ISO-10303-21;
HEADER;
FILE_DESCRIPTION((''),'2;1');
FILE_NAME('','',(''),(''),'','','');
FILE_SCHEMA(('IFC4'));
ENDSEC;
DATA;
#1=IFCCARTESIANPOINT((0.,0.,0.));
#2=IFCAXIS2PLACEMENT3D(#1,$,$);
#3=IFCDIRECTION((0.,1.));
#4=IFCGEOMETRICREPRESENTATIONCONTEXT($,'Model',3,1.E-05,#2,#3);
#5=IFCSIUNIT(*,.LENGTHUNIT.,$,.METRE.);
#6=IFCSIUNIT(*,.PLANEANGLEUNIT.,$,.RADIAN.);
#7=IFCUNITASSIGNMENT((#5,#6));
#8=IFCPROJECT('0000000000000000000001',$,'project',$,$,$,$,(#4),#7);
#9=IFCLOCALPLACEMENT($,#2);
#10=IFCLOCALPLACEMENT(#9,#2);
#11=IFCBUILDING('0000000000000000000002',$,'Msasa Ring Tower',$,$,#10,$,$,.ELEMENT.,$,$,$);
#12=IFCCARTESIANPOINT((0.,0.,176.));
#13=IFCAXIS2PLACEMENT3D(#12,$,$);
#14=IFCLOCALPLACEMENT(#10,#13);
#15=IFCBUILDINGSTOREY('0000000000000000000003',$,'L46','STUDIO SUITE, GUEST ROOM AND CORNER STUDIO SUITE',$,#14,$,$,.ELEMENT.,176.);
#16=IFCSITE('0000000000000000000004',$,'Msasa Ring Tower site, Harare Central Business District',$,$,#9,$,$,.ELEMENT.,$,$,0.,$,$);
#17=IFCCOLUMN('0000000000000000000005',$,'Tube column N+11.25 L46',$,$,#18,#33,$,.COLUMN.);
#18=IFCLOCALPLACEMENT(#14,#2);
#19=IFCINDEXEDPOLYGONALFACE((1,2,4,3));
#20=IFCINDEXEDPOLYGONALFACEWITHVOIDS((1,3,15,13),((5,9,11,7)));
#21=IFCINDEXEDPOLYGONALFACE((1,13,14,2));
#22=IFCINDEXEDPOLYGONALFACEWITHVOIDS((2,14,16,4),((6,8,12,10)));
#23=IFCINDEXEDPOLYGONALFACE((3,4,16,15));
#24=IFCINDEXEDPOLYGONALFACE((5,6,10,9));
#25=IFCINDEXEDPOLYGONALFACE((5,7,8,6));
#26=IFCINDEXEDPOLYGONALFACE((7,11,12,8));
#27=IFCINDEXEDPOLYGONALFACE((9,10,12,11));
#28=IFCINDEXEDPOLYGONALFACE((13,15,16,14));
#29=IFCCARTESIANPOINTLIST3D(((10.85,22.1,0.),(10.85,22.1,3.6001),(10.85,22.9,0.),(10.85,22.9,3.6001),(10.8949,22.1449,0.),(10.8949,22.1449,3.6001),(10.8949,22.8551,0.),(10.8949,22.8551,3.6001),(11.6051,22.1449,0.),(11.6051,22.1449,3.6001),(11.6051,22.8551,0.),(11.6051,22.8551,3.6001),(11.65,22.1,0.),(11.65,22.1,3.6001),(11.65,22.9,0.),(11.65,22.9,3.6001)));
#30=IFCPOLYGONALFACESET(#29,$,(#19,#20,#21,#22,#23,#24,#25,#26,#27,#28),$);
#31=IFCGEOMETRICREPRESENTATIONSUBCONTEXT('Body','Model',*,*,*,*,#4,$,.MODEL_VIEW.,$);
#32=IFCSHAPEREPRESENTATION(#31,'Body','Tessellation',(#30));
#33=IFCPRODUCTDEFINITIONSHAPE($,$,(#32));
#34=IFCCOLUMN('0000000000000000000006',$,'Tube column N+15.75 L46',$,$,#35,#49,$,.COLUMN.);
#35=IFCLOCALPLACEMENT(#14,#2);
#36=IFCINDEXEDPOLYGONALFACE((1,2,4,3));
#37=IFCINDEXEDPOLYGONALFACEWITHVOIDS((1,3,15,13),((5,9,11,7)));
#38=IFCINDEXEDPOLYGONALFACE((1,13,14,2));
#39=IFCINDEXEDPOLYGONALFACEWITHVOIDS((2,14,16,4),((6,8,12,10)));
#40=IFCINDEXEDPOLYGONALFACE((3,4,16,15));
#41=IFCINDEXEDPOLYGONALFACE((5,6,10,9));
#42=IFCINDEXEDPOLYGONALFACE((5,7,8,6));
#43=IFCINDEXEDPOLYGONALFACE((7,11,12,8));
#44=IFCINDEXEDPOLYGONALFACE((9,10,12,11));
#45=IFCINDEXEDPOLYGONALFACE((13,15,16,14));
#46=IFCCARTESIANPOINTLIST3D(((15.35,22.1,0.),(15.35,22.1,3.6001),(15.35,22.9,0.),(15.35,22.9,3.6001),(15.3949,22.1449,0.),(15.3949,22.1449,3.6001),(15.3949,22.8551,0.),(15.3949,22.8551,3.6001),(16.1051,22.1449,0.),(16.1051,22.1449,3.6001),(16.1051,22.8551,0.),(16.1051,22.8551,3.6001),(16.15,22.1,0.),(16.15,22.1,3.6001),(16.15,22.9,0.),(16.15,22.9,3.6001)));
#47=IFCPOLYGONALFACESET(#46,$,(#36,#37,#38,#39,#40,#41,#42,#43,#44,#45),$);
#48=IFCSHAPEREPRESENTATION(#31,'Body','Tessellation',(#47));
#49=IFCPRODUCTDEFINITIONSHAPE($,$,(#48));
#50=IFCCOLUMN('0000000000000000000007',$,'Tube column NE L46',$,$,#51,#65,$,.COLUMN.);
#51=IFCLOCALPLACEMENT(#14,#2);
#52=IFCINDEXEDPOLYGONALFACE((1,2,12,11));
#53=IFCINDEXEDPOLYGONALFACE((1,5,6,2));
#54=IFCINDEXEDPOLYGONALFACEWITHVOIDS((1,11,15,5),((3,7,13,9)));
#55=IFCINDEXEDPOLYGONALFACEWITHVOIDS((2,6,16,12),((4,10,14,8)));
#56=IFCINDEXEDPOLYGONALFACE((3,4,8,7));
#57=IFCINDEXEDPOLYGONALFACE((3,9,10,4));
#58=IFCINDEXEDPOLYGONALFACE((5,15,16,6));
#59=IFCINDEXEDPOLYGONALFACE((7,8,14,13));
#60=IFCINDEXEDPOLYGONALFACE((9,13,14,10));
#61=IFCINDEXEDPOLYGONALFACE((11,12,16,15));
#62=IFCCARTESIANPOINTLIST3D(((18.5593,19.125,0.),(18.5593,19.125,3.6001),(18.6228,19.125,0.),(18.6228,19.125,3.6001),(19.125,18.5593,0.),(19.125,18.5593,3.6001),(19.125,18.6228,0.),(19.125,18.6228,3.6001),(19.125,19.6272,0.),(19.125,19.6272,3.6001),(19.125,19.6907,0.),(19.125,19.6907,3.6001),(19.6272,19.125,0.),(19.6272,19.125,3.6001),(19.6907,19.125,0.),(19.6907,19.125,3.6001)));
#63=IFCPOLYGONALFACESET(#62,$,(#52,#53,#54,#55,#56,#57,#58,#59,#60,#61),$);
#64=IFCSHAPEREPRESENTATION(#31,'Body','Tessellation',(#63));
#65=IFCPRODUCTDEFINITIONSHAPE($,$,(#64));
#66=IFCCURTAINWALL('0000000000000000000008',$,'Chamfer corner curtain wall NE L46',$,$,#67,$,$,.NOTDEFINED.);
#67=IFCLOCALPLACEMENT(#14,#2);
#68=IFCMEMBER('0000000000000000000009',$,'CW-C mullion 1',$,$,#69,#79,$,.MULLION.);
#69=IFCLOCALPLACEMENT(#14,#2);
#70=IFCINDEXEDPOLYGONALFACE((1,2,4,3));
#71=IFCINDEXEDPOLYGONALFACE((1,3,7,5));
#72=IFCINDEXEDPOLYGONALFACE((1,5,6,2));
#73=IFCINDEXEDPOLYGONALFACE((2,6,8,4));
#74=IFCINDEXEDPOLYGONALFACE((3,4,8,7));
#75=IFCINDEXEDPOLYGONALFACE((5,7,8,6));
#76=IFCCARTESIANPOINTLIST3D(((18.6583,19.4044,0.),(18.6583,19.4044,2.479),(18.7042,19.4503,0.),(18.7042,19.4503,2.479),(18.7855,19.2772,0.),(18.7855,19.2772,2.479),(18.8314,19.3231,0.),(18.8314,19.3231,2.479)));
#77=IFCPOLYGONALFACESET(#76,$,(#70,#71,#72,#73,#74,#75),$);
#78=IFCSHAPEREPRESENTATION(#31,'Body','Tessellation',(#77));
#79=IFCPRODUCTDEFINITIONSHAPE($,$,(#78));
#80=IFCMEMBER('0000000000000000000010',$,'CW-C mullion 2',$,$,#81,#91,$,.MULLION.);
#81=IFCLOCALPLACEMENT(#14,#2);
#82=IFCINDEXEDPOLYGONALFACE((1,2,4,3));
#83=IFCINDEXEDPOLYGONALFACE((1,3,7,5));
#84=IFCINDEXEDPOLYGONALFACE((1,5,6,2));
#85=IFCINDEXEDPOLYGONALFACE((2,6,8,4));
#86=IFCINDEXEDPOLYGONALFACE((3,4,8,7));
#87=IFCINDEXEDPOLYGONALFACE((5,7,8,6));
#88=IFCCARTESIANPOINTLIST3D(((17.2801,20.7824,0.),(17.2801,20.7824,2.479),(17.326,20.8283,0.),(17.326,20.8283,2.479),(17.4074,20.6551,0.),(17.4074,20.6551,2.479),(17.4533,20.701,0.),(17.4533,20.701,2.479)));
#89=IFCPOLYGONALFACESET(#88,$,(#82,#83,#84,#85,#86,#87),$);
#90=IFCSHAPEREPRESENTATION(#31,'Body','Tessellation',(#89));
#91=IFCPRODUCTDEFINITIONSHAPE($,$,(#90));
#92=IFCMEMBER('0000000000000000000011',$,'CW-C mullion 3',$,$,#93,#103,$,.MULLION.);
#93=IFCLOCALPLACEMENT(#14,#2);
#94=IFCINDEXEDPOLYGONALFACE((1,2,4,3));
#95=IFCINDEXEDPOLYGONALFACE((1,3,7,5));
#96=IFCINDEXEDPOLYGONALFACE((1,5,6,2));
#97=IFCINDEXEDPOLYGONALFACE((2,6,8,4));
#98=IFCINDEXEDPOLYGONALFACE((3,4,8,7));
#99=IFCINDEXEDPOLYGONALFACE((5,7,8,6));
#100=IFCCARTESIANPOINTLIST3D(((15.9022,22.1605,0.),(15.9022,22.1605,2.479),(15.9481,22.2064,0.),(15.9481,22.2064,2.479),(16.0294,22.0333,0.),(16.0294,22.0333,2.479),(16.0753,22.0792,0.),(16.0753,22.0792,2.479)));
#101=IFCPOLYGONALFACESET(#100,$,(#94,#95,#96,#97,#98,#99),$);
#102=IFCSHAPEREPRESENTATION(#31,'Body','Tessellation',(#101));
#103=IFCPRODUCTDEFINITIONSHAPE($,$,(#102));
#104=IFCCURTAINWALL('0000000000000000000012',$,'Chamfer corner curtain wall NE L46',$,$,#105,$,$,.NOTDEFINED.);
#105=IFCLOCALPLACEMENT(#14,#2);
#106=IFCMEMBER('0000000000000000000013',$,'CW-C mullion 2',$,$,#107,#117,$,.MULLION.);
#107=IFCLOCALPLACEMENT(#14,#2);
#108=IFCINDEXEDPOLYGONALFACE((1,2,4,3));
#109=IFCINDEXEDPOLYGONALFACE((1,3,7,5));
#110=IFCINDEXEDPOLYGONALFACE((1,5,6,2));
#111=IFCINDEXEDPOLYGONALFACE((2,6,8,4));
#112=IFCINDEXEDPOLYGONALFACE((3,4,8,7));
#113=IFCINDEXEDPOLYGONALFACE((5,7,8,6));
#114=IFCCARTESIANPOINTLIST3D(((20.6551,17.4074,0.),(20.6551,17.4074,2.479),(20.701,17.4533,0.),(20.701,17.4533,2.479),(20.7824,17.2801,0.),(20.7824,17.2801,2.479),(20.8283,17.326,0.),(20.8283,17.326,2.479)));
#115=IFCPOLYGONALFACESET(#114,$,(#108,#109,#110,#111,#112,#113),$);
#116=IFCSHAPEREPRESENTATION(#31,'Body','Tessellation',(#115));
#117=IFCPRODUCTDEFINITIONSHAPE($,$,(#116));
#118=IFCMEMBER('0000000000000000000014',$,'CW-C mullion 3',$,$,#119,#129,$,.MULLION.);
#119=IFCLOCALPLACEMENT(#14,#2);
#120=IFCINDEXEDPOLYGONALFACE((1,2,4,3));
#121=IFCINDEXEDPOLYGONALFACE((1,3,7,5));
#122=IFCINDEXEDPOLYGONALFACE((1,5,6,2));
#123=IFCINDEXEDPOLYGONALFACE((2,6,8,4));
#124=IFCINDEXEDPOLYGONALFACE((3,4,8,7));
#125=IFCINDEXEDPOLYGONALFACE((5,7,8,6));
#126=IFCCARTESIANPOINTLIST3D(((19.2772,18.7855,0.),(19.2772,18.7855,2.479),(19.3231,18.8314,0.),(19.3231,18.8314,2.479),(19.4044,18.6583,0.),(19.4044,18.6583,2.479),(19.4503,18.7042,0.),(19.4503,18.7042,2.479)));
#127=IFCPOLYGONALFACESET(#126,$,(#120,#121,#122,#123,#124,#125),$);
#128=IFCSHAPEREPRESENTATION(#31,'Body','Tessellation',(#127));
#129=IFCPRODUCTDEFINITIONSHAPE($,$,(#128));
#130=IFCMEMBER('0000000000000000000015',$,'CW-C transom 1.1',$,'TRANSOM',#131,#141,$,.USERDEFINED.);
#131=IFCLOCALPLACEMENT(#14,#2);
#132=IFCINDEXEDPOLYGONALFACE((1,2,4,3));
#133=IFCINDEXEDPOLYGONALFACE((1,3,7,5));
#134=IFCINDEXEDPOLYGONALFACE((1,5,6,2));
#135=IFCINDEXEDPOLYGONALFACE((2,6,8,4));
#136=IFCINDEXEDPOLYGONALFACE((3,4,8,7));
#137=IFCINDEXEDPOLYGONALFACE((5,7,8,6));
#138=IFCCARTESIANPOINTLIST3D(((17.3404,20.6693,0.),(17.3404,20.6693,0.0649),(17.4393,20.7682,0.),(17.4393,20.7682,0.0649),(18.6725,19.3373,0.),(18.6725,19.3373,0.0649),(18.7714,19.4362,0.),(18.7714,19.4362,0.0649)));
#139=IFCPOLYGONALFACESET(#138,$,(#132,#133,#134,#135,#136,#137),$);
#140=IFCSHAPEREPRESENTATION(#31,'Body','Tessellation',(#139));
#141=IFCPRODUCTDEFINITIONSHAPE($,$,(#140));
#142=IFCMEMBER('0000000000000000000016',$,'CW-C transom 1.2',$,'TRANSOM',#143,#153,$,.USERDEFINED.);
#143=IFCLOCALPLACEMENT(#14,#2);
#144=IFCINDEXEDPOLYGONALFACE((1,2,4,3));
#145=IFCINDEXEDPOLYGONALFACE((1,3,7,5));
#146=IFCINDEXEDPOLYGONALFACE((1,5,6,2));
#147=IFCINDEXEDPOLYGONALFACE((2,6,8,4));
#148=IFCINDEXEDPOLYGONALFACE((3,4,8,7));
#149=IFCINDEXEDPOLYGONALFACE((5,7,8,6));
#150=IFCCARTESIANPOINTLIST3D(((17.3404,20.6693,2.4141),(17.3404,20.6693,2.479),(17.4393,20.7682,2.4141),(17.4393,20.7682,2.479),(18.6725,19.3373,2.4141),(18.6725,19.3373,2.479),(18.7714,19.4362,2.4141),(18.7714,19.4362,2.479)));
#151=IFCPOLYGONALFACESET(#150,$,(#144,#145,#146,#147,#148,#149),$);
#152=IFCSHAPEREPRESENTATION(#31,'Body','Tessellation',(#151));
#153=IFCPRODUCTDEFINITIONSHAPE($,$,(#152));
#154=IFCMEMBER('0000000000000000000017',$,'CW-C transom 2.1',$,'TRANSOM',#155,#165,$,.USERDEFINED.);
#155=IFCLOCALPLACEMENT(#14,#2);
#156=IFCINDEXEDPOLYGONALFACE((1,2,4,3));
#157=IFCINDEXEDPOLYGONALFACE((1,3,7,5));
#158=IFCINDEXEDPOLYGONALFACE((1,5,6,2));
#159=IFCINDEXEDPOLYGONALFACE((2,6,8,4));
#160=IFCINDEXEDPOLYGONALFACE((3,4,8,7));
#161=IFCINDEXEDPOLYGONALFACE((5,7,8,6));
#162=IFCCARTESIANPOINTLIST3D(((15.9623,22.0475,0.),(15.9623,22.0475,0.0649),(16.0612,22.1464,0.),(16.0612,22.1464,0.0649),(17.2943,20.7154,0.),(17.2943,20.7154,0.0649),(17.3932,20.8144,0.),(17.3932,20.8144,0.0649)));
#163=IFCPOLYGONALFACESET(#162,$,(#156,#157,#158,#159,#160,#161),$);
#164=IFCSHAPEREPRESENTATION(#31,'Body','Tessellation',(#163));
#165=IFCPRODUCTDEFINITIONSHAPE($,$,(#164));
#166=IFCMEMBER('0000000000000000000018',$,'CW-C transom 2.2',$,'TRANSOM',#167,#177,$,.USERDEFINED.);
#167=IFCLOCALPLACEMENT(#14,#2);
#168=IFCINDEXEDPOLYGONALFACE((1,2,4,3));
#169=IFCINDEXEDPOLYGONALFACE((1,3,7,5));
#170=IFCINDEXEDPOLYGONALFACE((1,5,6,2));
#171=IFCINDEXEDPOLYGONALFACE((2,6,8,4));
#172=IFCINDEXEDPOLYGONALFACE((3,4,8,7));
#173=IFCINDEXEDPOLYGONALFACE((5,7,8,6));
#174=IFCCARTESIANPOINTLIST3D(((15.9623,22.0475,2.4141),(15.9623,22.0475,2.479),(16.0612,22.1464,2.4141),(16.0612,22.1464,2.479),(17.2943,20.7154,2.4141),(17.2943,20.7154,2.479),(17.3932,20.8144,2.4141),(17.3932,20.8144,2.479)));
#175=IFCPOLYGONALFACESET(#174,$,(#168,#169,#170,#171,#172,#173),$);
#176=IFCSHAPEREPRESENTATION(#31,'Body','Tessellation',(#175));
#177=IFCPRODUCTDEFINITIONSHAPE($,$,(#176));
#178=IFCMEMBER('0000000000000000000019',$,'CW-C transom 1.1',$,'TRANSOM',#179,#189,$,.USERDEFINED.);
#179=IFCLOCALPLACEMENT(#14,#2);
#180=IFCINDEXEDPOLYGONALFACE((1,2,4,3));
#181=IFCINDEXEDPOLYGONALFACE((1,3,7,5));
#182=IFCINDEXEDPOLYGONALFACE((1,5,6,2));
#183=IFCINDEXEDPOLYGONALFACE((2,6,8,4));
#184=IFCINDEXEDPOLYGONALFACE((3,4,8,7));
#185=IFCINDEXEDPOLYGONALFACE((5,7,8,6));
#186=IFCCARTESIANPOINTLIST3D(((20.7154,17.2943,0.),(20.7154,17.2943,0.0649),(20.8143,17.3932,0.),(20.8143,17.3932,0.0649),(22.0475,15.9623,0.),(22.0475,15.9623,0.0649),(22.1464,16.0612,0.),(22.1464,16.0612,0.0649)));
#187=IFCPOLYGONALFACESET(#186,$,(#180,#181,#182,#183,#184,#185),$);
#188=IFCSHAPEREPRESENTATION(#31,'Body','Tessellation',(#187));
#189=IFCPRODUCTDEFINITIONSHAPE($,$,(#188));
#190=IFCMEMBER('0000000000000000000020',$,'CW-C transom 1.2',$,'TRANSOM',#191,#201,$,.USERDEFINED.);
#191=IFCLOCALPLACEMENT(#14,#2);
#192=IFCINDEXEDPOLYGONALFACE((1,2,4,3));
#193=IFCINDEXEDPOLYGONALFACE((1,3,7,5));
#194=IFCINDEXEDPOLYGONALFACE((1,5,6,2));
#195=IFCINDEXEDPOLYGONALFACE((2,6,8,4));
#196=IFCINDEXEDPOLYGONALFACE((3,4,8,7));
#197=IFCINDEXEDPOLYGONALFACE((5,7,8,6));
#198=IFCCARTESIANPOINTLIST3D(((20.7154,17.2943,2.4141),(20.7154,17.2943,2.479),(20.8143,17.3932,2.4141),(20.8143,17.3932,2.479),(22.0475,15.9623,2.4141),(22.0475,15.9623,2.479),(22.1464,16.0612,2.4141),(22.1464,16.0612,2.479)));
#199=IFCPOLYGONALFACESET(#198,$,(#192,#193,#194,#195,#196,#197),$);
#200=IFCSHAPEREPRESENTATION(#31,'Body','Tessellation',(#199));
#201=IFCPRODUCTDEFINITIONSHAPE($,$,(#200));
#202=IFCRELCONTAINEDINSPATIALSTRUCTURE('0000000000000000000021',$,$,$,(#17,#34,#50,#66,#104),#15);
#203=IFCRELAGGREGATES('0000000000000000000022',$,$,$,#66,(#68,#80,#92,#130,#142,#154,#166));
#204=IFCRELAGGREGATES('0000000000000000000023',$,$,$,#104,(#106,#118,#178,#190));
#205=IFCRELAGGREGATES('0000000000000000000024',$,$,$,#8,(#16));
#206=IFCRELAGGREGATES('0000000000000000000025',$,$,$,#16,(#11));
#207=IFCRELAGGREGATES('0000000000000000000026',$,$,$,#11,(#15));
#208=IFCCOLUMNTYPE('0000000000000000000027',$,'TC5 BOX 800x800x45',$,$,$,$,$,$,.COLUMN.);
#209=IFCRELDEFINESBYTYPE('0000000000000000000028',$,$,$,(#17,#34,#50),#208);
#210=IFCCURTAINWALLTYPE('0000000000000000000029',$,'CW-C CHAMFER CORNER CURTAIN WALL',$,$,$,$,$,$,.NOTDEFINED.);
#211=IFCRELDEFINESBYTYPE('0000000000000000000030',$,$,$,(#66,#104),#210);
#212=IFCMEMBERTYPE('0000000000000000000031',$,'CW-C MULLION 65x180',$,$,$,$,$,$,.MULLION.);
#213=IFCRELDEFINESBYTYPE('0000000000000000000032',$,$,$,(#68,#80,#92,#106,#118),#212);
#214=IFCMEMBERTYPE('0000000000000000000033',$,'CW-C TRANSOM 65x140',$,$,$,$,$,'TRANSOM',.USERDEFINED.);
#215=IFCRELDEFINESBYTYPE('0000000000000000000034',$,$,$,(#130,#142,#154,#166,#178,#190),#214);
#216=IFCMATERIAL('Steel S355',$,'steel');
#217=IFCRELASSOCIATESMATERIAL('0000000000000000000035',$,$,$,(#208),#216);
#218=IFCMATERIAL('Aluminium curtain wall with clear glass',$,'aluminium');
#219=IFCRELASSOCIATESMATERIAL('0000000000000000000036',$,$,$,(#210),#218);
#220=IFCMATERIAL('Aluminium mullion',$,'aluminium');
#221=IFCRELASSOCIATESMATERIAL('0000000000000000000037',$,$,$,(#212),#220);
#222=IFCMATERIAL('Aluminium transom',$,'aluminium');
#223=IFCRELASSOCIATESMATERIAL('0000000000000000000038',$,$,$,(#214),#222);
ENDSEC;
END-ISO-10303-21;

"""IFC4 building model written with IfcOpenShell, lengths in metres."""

from ifc_helpers import new_model, si_unit, direction, frame, origin, origin_2d, place, context, subcontext, project, spatial, rectangle, hollow_rectangle, extrude, material, material_profile, profile_set, type_object, element, aggregate, save


model = new_model("IFC4")

# Units and contexts
model_context = context("Model", 3, precision=1e-05, world=origin(), true_north=direction((0.0, 1.0)))
body_context = subcontext(model_context, "Body", "Model", "MODEL_VIEW")
ifc_project = project(units=[si_unit("LENGTHUNIT", "METRE"), si_unit("PLANEANGLEUNIT", "RADIAN")], contexts=[model_context])

# Site, building, storey
site_placement = place(None, origin())
site = spatial("IfcSite", under=ifc_project, at=site_placement, Name="Msasa Ring Tower site, Harare Central Business District", CompositionType="ELEMENT", RefElevation=0.0)
building_placement = place(site_placement, origin())
building = spatial("IfcBuilding", under=site, at=building_placement, Name="Msasa Ring Tower", CompositionType="ELEMENT")
storey_placement = place(building_placement, frame((0.0, 0.0, 176.0)))
storey = spatial("IfcBuildingStorey", under=building, at=storey_placement, Name="L46", Description="STUDIO SUITE, GUEST ROOM AND CORNER STUDIO SUITE", CompositionType="ELEMENT", Elevation=176.0)

# Columns
ifc_material_1 = material(Name="Steel S355", Category="steel")
ifc_material_profile_1 = material_profile(ifc_material_1, hollow_rectangle(XDim=0.8, YDim=0.8, WallThickness=0.0449, at=origin_2d()), Name="BOX 800x800x45")
ifc_profile_set_1 = profile_set([ifc_material_profile_1], Name="Steel S355")
column_type = type_object("IfcColumnType", Name="TC5 BOX 800x800x45", PredefinedType="COLUMN", material=ifc_profile_set_1)
for number, where, z_axis, x_axis, name in (
    (1, (11.25, 22.5, 0.0), (0.0, 0.0, 1.0), (0.0, 1.0, 0.0), "Tube column N+11.25 L46"),
    (2, (15.75, 22.5, 0.0), (0.0, 0.0, 1.0), (0.0, 1.0, 0.0), "Tube column N+15.75 L46"),
    (3, (19.125, 19.125, 0.0), (0.0, 0.0, 1.0), (0.707107, 0.707107, 0.0), "Tube column NE L46"),
):
    element("IfcColumn", number, at=place(storey_placement, frame(where, z_axis=z_axis, x_axis=x_axis)), inside=storey, type_object=column_type, Name=name, PredefinedType="COLUMN", context=body_context, shape_type="SweptSolid", body=[
        extrude(hollow_rectangle(XDim=0.8, YDim=0.8, WallThickness=0.0449, at=origin_2d()), origin(), (0.0, 0.0, 1.0), 3.6001),
    ])

# Curtain walls, members
ifc_material_2 = material(Name="Aluminium curtain wall with clear glass", Category="aluminium")
curtain_wall_type = type_object("IfcCurtainWallType", Name="CW-C CHAMFER CORNER CURTAIN WALL", PredefinedType="NOTDEFINED", material=ifc_material_2)
curtain_wall_1_placement = place(storey_placement, origin())
curtain_wall_1 = element("IfcCurtainWall", 4, at=curtain_wall_1_placement, inside=storey, type_object=curtain_wall_type, Name="Chamfer corner curtain wall NE L46", PredefinedType="NOTDEFINED")
ifc_material_3 = material(Name="Aluminium mullion", Category="aluminium")
ifc_material_profile_2 = material_profile(ifc_material_3, rectangle(XDim=0.0649, YDim=0.1799, at=origin_2d()), Name="AL 65x180")
ifc_profile_set_2 = profile_set([ifc_material_profile_2], Name="Aluminium mullion")
member_type_1 = type_object("IfcMemberType", Name="CW-C MULLION 65x180", PredefinedType="MULLION", material=ifc_profile_set_2)
member_1_placement = place(storey_placement, frame((18.7449, 19.3638, 0.0), z_axis=(0.0, 0.0, 1.0), x_axis=(-0.707107, -0.707107, 0.0)))
member_1 = element("IfcMember", 5, at=member_1_placement, type_object=member_type_1, Name="CW-C mullion 1", PredefinedType="MULLION", context=body_context, shape_type="SweptSolid", body=[
    extrude(rectangle(XDim=0.0649, YDim=0.1799, at=origin_2d()), origin(), (0.0, 0.0, 1.0), 2.479),
])
member_2_placement = place(storey_placement, frame((17.3667, 20.7417, 0.0), z_axis=(0.0, 0.0, 1.0), x_axis=(-0.707107, -0.707107, 0.0)))
member_2 = element("IfcMember", 6, at=member_2_placement, type_object=member_type_1, Name="CW-C mullion 2", PredefinedType="MULLION", context=body_context, shape_type="SweptSolid", body=[
    extrude(rectangle(XDim=0.0649, YDim=0.1799, at=origin_2d()), origin(), (0.0, 0.0, 1.0), 2.479),
])
member_3_placement = place(storey_placement, frame((15.9888, 22.1199, 0.0), z_axis=(0.0, 0.0, 1.0), x_axis=(-0.707107, -0.707107, 0.0)))
member_3 = element("IfcMember", 7, at=member_3_placement, type_object=member_type_1, Name="CW-C mullion 3", PredefinedType="MULLION", context=body_context, shape_type="SweptSolid", body=[
    extrude(rectangle(XDim=0.0649, YDim=0.1799, at=origin_2d()), origin(), (0.0, 0.0, 1.0), 2.479),
])
curtain_wall_2_placement = place(storey_placement, origin())
curtain_wall_2 = element("IfcCurtainWall", 8, at=curtain_wall_2_placement, inside=storey, type_object=curtain_wall_type, Name="Chamfer corner curtain wall NE L46", PredefinedType="NOTDEFINED")
member_4_placement = place(storey_placement, frame((20.7417, 17.3667, 0.0), z_axis=(0.0, 0.0, 1.0), x_axis=(-0.707107, -0.707107, 0.0)))
member_4 = element("IfcMember", 9, at=member_4_placement, type_object=member_type_1, Name="CW-C mullion 2", PredefinedType="MULLION", context=body_context, shape_type="SweptSolid", body=[
    extrude(rectangle(XDim=0.0649, YDim=0.1799, at=origin_2d()), origin(), (0.0, 0.0, 1.0), 2.479),
])
member_5_placement = place(storey_placement, frame((19.3638, 18.7449, 0.0), z_axis=(0.0, 0.0, 1.0), x_axis=(-0.707107, -0.707107, 0.0)))
member_5 = element("IfcMember", 10, at=member_5_placement, type_object=member_type_1, Name="CW-C mullion 3", PredefinedType="MULLION", context=body_context, shape_type="SweptSolid", body=[
    extrude(rectangle(XDim=0.0649, YDim=0.1799, at=origin_2d()), origin(), (0.0, 0.0, 1.0), 2.479),
])

# Members
ifc_material_4 = material(Name="Aluminium transom", Category="aluminium")
ifc_material_profile_3 = material_profile(ifc_material_4, rectangle(XDim=0.1399, YDim=0.0649, at=origin_2d()), Name="AL 65x140")
ifc_profile_set_3 = profile_set([ifc_material_profile_3], Name="Aluminium transom")
member_type_2 = type_object("IfcMemberType", Name="CW-C TRANSOM 65x140", ElementType="TRANSOM", PredefinedType="USERDEFINED", material=ifc_profile_set_3)
member_6_placement = place(storey_placement, frame((18.7219, 19.3867, 0.0325), z_axis=(-0.707107, 0.707107, 0.0), x_axis=(-0.707107, -0.707107, 0.0)))
member_6 = element("IfcMember", 11, at=member_6_placement, type_object=member_type_2, Name="CW-C transom 1.1", ObjectType="TRANSOM", PredefinedType="USERDEFINED", context=body_context, shape_type="SweptSolid", body=[
    extrude(rectangle(XDim=0.1399, YDim=0.0649, at=origin_2d()), origin(), (0.0, 0.0, 1.0), 1.8838),
])
member_7_placement = place(storey_placement, frame((18.7219, 19.3867, 2.4465), z_axis=(-0.707107, 0.707107, 0.0), x_axis=(-0.707107, -0.707107, 0.0)))
member_7 = element("IfcMember", 12, at=member_7_placement, type_object=member_type_2, Name="CW-C transom 1.2", ObjectType="TRANSOM", PredefinedType="USERDEFINED", context=body_context, shape_type="SweptSolid", body=[
    extrude(rectangle(XDim=0.1399, YDim=0.0649, at=origin_2d()), origin(), (0.0, 0.0, 1.0), 1.8838),
])
member_8_placement = place(storey_placement, frame((17.3438, 20.7649, 0.0325), z_axis=(-0.707107, 0.707107, 0.0), x_axis=(-0.707107, -0.707107, 0.0)))
member_8 = element("IfcMember", 13, at=member_8_placement, type_object=member_type_2, Name="CW-C transom 2.1", ObjectType="TRANSOM", PredefinedType="USERDEFINED", context=body_context, shape_type="SweptSolid", body=[
    extrude(rectangle(XDim=0.1399, YDim=0.0649, at=origin_2d()), origin(), (0.0, 0.0, 1.0), 1.8838),
])
member_9_placement = place(storey_placement, frame((17.3438, 20.7649, 2.4465), z_axis=(-0.707107, 0.707107, 0.0), x_axis=(-0.707107, -0.707107, 0.0)))
member_9 = element("IfcMember", 14, at=member_9_placement, type_object=member_type_2, Name="CW-C transom 2.2", ObjectType="TRANSOM", PredefinedType="USERDEFINED", context=body_context, shape_type="SweptSolid", body=[
    extrude(rectangle(XDim=0.1399, YDim=0.0649, at=origin_2d()), origin(), (0.0, 0.0, 1.0), 1.8838),
])
member_10_placement = place(storey_placement, frame((22.0969, 16.0117, 0.0325), z_axis=(-0.707107, 0.707107, 0.0), x_axis=(-0.707107, -0.707107, 0.0)))
member_10 = element("IfcMember", 15, at=member_10_placement, type_object=member_type_2, Name="CW-C transom 1.1", ObjectType="TRANSOM", PredefinedType="USERDEFINED", context=body_context, shape_type="SweptSolid", body=[
    extrude(rectangle(XDim=0.1399, YDim=0.0649, at=origin_2d()), origin(), (0.0, 0.0, 1.0), 1.8838),
])
member_11_placement = place(storey_placement, frame((22.0969, 16.0117, 2.4465), z_axis=(-0.707107, 0.707107, 0.0), x_axis=(-0.707107, -0.707107, 0.0)))
member_11 = element("IfcMember", 16, at=member_11_placement, type_object=member_type_2, Name="CW-C transom 1.2", ObjectType="TRANSOM", PredefinedType="USERDEFINED", context=body_context, shape_type="SweptSolid", body=[
    extrude(rectangle(XDim=0.1399, YDim=0.0649, at=origin_2d()), origin(), (0.0, 0.0, 1.0), 1.8838),
])

aggregate(curtain_wall_1, [member_1, member_2, member_3, member_6, member_7, member_8, member_9])
aggregate(curtain_wall_2, [member_4, member_5, member_10, member_11])

save(model, "model.ifc")
